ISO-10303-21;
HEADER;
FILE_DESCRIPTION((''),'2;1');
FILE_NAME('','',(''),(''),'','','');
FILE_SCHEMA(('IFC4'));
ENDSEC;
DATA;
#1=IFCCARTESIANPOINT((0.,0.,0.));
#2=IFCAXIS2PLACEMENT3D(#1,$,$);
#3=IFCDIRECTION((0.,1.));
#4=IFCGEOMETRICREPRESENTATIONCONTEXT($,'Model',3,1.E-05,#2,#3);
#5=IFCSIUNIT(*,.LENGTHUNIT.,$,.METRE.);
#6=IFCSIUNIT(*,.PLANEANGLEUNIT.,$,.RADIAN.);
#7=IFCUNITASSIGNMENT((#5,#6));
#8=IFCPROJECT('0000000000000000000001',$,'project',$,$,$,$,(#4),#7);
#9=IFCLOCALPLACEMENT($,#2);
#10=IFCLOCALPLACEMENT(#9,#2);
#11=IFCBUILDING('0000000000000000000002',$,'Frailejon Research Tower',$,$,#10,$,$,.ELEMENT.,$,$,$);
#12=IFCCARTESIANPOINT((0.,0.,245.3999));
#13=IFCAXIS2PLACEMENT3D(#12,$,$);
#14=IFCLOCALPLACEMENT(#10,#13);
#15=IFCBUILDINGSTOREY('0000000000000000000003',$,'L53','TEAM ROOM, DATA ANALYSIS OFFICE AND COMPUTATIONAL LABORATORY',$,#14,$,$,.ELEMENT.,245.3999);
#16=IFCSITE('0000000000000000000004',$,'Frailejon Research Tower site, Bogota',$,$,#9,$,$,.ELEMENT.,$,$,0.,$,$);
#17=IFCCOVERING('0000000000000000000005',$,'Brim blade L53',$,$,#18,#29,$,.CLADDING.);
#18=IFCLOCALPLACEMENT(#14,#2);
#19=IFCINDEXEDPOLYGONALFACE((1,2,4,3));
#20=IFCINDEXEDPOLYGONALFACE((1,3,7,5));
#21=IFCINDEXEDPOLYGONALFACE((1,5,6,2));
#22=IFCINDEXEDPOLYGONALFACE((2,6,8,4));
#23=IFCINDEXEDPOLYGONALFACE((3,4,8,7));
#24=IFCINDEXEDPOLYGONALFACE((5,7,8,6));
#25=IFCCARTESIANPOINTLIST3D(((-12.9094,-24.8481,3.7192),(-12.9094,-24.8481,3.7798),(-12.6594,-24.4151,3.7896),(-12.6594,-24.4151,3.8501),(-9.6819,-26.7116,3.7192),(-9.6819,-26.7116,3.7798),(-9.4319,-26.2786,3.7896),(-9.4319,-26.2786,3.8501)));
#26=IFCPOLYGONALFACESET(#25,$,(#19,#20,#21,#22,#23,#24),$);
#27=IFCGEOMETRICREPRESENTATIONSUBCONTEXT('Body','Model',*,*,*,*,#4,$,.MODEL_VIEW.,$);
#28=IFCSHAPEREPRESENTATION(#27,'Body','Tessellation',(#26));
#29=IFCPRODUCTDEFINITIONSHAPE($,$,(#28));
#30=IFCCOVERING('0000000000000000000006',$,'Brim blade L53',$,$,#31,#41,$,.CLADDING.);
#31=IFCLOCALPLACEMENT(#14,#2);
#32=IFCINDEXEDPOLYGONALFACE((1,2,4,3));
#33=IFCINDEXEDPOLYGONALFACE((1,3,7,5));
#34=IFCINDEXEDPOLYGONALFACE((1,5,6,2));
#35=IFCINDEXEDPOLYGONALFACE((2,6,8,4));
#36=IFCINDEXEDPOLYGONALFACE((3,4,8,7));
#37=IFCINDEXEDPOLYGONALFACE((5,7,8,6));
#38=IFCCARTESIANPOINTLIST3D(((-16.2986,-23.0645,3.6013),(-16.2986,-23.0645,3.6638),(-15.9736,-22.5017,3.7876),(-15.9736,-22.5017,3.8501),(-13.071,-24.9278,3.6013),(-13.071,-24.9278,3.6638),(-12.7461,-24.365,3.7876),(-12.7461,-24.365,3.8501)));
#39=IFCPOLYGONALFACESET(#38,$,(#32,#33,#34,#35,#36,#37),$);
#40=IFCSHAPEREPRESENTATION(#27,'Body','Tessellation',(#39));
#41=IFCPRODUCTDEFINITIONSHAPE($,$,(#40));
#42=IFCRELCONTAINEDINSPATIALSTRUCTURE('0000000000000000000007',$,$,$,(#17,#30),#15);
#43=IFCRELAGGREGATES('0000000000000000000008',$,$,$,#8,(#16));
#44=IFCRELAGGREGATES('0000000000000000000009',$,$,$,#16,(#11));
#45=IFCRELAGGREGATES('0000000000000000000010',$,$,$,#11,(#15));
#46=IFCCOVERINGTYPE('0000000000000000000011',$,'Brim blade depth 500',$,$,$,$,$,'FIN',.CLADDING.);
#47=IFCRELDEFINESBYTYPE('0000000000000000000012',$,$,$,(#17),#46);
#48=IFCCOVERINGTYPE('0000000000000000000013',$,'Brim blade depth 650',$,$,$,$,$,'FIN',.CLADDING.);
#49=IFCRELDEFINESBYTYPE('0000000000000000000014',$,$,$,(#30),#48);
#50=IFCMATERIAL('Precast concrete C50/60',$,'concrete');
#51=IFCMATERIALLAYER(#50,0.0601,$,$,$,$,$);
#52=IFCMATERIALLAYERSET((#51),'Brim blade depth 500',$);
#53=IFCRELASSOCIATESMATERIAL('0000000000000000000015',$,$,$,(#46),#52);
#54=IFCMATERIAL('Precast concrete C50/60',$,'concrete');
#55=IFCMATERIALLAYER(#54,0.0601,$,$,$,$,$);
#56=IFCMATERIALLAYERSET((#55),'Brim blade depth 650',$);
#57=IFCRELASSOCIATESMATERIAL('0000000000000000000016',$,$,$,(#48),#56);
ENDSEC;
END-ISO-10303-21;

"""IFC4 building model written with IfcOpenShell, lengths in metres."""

from ifc_helpers import new_model, si_unit, direction, frame, origin, place, context, subcontext, project, spatial, polyline, outline, extrude, material, layer, layer_set, type_object, element, save


model = new_model("IFC4")

# Units and contexts
model_context = context("Model", 3, precision=1e-05, world=origin(), true_north=direction((0.0, 1.0)))
body_context = subcontext(model_context, "Body", "Model", "MODEL_VIEW")
ifc_project = project(units=[si_unit("LENGTHUNIT", "METRE"), si_unit("PLANEANGLEUNIT", "RADIAN")], contexts=[model_context])

# Site, building, storey
site_placement = place(None, origin())
site = spatial("IfcSite", under=ifc_project, at=site_placement, Name="Frailejon Research Tower site, Bogota", CompositionType="ELEMENT", RefElevation=0.0)
building_placement = place(site_placement, origin())
building = spatial("IfcBuilding", under=site, at=building_placement, Name="Frailejon Research Tower", CompositionType="ELEMENT")
storey_placement = place(building_placement, frame((0.0, 0.0, 245.3999)))
storey = spatial("IfcBuildingStorey", under=building, at=storey_placement, Name="L53", Description="TEAM ROOM, DATA ANALYSIS OFFICE AND COMPUTATIONAL LABORATORY", CompositionType="ELEMENT", Elevation=245.3999)

# Coverings
ifc_material_1 = material(Name="Precast concrete C50/60", Category="concrete")
ifc_layer_1 = layer(ifc_material_1, 0.0601)
ifc_layer_set_1 = layer_set([ifc_layer_1], Name="Brim blade depth 500")
covering_type_1 = type_object("IfcCoveringType", Name="Brim blade depth 500", ElementType="FIN", PredefinedType="CLADDING", material=ifc_layer_set_1)
covering_1_placement = place(storey_placement, frame((-9.4319, -26.2786, 3.8501), z_axis=(-0.866018, 0.500012, 0.0), x_axis=(-0.500012, -0.866018, 0.0)))
element("IfcCovering", 1, at=covering_1_placement, inside=storey, type_object=covering_type_1, Name="Brim blade L53", PredefinedType="CLADDING", context=body_context, shape_type="SweptSolid", body=[
    extrude(outline(polyline([(0.0, -0.0605), (0.5, -0.1309), (0.5, -0.0703), (0.0, 0.0), (0.0, -0.0605)])), origin(), (0.0, 0.0, 1.0), 3.7268),
])
ifc_material_2 = material(Name="Precast concrete C50/60", Category="concrete")
ifc_layer_2 = layer(ifc_material_2, 0.0601)
ifc_layer_set_2 = layer_set([ifc_layer_2], Name="Brim blade depth 650")
covering_type_2 = type_object("IfcCoveringType", Name="Brim blade depth 650", ElementType="FIN", PredefinedType="CLADDING", material=ifc_layer_set_2)
covering_2_placement = place(storey_placement, frame((-12.7461, -24.365, 3.8501), z_axis=(-0.866036, 0.499981, 0.0), x_axis=(-0.499981, -0.866036, 0.0)))
element("IfcCovering", 2, at=covering_2_placement, inside=storey, type_object=covering_type_2, Name="Brim blade L53", PredefinedType="CLADDING", context=body_context, shape_type="SweptSolid", body=[
    extrude(outline(polyline([(0.0, -0.0625), (0.6499, -0.2488), (0.6499, -0.1863), (0.0, 0.0), (0.0, -0.0625)])), origin(), (0.0, 0.0, 1.0), 3.7268),
])

save(model, "model.ifc")
